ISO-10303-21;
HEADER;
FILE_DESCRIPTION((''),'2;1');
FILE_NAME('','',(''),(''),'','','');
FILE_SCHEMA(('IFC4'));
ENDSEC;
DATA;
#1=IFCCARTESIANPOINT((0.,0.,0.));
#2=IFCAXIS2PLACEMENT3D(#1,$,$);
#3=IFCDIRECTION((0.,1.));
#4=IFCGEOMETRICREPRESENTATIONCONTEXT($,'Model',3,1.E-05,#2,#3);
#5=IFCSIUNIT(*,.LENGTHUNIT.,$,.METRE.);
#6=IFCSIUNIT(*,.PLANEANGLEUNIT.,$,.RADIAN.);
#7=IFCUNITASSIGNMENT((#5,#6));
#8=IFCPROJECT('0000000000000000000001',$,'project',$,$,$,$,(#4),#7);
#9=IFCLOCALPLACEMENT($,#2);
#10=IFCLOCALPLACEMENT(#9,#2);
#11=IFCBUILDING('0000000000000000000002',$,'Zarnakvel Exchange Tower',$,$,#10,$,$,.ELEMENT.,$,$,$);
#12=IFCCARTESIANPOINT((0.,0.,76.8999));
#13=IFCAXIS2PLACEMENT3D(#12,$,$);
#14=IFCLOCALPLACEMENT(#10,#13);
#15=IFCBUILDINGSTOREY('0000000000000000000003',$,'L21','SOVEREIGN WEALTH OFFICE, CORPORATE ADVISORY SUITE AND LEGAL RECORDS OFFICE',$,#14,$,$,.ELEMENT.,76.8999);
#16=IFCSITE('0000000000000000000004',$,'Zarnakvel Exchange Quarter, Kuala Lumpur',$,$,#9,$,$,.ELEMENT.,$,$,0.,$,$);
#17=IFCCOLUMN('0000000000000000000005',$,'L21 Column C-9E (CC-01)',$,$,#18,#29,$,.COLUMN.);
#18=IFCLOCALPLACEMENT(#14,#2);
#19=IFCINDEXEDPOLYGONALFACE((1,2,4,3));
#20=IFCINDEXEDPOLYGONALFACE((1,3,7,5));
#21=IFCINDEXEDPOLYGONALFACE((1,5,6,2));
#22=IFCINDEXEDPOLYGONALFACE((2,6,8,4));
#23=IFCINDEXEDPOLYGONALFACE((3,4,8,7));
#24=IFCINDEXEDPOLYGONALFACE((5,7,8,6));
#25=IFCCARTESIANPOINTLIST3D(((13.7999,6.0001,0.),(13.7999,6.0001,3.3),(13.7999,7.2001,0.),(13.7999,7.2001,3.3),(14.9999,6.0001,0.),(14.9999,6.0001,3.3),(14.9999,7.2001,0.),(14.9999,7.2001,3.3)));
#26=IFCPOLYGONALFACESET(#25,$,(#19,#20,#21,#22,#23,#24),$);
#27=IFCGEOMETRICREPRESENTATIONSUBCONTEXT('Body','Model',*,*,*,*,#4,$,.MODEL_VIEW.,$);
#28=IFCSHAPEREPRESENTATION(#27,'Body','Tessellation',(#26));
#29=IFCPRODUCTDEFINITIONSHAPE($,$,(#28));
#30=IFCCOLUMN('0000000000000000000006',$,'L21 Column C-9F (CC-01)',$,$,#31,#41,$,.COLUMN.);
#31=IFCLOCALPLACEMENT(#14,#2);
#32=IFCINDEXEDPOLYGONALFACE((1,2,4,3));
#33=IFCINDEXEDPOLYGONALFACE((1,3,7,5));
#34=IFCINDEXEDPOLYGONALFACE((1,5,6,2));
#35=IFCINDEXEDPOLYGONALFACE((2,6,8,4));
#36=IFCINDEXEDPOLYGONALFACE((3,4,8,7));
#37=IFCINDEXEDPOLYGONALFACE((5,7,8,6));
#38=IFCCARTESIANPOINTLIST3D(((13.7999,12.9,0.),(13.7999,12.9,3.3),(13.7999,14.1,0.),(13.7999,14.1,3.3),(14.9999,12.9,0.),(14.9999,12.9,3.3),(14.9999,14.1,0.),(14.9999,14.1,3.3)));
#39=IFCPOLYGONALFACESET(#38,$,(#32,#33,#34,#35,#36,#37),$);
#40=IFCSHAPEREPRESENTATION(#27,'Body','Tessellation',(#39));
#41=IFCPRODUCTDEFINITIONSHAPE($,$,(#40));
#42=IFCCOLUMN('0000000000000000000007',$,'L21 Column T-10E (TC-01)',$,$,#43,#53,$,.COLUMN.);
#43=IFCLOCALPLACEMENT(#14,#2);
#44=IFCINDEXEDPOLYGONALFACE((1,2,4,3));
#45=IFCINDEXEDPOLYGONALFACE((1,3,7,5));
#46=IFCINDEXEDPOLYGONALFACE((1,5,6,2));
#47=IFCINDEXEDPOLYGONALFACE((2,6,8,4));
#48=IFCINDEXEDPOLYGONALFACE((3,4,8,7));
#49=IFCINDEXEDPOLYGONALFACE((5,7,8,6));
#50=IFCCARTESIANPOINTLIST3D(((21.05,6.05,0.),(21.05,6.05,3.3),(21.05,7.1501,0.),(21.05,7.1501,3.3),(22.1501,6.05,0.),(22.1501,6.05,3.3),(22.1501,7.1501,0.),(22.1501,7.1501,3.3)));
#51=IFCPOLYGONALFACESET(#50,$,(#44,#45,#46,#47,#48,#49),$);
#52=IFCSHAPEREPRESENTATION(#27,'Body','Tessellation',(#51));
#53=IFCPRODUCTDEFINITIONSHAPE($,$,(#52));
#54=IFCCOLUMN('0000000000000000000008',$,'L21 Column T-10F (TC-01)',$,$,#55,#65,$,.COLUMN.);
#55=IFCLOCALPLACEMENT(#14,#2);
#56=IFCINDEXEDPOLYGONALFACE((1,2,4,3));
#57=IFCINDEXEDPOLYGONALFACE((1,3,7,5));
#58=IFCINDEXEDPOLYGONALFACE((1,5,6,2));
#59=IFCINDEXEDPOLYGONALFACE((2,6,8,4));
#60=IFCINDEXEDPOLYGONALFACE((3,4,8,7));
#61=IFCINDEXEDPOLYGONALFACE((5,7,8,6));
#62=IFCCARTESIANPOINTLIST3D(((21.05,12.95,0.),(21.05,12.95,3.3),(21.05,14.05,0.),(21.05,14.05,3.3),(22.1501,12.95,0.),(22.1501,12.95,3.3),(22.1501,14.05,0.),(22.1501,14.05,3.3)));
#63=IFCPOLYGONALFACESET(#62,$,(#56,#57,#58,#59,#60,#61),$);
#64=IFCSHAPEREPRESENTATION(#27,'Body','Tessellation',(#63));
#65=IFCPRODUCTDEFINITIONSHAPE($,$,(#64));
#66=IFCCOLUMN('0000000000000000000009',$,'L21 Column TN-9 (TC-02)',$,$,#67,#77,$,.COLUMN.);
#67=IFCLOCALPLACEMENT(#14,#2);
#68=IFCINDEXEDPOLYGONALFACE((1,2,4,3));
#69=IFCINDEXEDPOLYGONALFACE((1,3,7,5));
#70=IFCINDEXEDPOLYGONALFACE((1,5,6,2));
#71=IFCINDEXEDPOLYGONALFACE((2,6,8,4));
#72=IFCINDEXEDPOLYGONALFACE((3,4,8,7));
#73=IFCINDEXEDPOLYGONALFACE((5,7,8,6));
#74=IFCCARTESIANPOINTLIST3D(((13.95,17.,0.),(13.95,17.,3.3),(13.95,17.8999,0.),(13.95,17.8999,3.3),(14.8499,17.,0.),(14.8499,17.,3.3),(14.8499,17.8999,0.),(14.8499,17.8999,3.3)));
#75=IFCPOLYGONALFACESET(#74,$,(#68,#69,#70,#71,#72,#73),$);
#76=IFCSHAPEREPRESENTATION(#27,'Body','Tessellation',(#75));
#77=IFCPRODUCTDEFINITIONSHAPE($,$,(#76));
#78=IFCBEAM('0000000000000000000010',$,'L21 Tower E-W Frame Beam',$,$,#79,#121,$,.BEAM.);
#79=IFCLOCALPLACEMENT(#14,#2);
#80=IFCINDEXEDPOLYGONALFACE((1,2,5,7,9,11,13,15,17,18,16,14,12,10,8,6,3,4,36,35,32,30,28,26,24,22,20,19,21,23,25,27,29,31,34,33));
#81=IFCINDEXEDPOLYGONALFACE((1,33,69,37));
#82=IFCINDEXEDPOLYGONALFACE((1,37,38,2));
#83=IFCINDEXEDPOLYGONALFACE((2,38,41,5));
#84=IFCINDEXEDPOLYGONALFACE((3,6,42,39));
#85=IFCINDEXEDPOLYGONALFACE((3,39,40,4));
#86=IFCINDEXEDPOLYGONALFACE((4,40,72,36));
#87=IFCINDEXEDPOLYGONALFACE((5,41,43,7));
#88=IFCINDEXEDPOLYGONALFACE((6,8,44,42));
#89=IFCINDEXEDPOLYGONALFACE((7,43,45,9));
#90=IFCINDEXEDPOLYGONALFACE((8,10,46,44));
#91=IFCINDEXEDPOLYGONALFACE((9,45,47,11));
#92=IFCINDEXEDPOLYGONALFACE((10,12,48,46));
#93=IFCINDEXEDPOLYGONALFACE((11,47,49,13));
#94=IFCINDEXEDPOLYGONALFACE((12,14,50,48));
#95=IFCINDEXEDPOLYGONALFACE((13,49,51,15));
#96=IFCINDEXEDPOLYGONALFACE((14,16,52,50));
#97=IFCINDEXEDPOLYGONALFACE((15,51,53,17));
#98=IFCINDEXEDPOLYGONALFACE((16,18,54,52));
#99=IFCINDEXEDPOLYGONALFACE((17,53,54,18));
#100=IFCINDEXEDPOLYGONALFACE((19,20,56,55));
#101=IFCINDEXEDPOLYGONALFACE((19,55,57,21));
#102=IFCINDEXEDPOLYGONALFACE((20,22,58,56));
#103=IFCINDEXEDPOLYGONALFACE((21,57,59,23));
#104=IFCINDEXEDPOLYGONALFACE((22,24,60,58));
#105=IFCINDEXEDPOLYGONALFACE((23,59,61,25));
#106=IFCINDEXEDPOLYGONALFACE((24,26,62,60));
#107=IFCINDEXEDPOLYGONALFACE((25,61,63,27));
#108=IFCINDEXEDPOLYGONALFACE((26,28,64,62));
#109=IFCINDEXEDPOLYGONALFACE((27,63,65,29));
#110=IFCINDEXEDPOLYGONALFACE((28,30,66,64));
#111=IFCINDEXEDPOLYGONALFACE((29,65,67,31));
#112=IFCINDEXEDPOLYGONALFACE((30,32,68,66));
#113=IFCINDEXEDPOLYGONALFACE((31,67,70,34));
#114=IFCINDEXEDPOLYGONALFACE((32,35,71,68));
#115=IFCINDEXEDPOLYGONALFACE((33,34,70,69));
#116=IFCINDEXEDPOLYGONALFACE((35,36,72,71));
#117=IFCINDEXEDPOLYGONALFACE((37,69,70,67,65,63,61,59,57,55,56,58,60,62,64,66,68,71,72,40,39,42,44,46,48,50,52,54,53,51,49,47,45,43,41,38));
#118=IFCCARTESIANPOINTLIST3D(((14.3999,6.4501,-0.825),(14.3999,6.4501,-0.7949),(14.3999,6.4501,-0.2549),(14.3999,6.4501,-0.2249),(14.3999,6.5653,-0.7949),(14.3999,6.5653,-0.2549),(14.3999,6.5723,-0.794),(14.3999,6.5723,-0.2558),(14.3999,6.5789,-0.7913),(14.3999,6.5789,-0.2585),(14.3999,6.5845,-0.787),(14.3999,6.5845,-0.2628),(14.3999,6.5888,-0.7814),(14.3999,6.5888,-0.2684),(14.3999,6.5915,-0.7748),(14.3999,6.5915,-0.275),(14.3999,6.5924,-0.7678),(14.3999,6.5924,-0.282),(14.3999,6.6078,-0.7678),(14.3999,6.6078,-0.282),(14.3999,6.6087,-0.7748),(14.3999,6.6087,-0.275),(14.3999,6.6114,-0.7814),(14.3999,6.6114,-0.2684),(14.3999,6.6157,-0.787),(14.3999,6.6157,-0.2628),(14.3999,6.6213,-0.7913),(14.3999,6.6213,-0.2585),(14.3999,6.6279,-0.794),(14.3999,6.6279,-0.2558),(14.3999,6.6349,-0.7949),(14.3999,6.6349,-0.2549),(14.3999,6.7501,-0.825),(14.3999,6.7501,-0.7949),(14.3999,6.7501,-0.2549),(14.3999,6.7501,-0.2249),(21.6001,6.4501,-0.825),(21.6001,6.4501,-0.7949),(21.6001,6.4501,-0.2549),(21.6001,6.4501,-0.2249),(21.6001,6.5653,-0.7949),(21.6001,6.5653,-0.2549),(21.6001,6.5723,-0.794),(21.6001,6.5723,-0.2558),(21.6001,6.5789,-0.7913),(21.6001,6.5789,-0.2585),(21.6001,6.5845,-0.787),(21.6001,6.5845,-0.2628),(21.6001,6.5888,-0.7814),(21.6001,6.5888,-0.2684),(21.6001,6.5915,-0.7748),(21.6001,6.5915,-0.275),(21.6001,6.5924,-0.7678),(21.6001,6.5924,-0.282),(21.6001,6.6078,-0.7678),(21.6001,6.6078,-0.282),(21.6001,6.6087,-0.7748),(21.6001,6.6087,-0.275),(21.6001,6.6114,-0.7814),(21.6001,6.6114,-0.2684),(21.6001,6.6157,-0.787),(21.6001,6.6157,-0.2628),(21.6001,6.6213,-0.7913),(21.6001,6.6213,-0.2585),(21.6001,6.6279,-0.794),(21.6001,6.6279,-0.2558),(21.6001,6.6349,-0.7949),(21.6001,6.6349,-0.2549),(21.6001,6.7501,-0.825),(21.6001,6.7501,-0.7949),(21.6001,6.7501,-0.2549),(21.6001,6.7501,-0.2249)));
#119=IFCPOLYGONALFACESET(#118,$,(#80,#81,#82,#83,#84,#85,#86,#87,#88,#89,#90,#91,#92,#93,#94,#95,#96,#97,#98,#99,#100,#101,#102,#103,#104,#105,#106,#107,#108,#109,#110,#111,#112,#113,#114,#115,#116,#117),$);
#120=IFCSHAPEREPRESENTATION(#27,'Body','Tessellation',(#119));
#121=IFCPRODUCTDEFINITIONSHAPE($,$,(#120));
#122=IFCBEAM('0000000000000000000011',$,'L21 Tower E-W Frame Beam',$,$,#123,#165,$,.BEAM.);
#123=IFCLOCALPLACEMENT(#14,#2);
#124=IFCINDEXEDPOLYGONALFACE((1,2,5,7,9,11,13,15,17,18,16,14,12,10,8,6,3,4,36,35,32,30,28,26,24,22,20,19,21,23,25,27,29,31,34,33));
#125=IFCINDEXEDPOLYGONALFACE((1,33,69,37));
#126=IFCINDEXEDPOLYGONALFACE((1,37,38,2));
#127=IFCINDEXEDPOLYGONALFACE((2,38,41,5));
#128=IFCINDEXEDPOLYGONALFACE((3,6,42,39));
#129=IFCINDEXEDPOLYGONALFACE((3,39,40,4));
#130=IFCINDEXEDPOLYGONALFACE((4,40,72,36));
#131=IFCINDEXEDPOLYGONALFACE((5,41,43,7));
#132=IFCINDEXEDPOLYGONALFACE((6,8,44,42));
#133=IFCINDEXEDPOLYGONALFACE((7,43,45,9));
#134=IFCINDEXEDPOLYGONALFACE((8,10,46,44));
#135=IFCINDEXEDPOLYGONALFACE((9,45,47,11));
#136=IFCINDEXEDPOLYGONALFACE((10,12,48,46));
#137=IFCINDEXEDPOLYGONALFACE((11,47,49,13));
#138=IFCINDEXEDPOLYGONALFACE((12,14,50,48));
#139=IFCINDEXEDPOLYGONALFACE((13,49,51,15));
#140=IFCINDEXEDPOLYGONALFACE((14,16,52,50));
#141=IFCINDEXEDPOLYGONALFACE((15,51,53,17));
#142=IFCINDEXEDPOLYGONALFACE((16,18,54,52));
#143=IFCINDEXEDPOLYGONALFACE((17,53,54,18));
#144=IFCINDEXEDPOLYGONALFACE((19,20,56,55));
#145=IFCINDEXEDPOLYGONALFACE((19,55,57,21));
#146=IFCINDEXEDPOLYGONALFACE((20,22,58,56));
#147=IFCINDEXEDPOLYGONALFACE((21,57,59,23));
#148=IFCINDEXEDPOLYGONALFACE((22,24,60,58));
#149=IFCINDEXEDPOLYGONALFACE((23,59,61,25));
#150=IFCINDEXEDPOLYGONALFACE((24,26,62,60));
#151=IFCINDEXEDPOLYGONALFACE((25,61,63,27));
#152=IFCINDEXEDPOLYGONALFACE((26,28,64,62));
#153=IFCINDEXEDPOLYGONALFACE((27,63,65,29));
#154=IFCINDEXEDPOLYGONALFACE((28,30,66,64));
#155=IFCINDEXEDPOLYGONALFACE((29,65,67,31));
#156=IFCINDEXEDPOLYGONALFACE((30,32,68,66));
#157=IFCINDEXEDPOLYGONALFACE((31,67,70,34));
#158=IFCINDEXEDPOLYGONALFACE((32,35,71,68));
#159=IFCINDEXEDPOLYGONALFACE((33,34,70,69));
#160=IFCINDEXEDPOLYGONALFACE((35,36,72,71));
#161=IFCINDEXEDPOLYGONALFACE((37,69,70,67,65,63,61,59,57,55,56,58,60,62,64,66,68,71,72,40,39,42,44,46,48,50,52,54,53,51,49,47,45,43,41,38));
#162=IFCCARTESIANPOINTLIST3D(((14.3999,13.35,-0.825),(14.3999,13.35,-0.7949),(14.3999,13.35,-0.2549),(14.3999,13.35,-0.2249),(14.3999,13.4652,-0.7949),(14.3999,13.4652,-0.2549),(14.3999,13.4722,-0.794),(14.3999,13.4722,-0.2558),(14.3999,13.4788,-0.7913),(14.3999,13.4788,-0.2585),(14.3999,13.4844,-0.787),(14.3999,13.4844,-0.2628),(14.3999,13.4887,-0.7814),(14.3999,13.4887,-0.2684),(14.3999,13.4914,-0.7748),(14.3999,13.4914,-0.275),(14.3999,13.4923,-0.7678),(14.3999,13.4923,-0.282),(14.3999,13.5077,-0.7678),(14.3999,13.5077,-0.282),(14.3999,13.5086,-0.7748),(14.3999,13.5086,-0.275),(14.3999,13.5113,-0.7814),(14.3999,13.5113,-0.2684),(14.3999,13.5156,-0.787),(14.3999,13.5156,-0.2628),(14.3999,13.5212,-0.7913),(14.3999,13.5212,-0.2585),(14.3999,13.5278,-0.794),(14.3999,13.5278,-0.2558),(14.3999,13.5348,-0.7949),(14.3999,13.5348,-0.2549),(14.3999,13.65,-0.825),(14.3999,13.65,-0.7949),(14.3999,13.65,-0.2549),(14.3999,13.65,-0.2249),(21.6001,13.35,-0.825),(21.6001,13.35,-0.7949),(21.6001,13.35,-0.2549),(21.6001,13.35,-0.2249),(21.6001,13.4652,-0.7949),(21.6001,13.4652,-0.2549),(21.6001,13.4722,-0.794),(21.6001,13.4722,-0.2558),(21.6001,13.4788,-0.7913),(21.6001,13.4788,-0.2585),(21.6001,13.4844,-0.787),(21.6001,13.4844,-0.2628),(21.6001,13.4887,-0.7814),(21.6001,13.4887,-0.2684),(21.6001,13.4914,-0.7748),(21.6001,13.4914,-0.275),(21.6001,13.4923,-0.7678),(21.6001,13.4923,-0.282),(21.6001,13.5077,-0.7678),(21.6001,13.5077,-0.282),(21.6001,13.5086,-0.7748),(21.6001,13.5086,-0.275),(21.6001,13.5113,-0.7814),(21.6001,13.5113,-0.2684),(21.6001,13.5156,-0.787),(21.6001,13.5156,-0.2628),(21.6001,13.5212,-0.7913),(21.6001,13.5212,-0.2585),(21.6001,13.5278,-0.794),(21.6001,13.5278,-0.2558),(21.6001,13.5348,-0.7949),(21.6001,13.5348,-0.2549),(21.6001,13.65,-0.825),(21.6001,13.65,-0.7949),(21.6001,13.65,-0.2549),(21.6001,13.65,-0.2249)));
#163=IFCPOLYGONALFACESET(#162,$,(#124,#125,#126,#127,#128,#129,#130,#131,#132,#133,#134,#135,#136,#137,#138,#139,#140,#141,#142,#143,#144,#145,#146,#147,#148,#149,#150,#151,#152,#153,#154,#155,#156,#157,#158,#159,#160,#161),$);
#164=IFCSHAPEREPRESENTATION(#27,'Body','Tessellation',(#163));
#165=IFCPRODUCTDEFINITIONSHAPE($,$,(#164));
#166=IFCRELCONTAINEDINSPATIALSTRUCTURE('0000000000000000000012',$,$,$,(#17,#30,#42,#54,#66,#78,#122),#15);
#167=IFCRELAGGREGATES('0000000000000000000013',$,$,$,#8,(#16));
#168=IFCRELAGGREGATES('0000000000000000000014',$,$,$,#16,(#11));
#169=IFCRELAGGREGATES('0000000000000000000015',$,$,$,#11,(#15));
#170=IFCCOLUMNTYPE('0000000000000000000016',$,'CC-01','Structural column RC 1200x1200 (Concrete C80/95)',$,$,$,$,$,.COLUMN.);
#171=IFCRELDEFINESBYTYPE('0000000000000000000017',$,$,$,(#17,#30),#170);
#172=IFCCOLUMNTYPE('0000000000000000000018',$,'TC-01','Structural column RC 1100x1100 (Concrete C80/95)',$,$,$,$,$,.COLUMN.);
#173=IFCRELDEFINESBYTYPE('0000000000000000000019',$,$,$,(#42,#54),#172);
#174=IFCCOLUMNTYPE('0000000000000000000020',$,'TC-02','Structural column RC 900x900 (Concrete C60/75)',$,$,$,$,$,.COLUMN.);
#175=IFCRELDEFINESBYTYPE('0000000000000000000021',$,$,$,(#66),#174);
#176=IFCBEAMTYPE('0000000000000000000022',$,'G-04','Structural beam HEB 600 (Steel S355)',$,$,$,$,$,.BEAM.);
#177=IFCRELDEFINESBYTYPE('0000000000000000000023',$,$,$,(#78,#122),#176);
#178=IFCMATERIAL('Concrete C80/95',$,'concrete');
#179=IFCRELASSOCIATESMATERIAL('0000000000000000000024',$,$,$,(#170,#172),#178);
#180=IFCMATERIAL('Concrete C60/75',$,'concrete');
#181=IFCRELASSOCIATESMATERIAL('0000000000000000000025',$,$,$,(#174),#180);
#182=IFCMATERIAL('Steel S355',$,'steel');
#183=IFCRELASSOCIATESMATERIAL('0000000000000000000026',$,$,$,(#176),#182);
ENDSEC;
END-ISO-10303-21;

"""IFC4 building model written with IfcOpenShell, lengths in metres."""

from ifc_helpers import new_model, si_unit, direction, frame, origin, origin_2d, place, context, subcontext, project, spatial, rectangle, i_section, extrude, material, material_profile, profile_set, type_object, element, save


model = new_model("IFC4")

# Units and contexts
model_context = context("Model", 3, precision=1e-05, world=origin(), true_north=direction((0.0, 1.0)))
body_context = subcontext(model_context, "Body", "Model", "MODEL_VIEW")
ifc_project = project(units=[si_unit("LENGTHUNIT", "METRE"), si_unit("PLANEANGLEUNIT", "RADIAN")], contexts=[model_context])

# Site, building, storey
site_placement = place(None, origin())
site = spatial("IfcSite", under=ifc_project, at=site_placement, Name="Zarnakvel Exchange Quarter, Kuala Lumpur", CompositionType="ELEMENT", RefElevation=0.0)
building_placement = place(site_placement, origin())
building = spatial("IfcBuilding", under=site, at=building_placement, Name="Zarnakvel Exchange Tower", CompositionType="ELEMENT")
storey_placement = place(building_placement, frame((0.0, 0.0, 76.8999)))
storey = spatial("IfcBuildingStorey", under=building, at=storey_placement, Name="L21", Description="SOVEREIGN WEALTH OFFICE, CORPORATE ADVISORY SUITE AND LEGAL RECORDS OFFICE", CompositionType="ELEMENT", Elevation=76.8999)

# Columns
ifc_material_1 = material(Name="Concrete C80/95", Category="concrete")
ifc_material_profile_1 = material_profile(ifc_material_1, rectangle(XDim=1.2, YDim=1.2, at=origin_2d()))
ifc_profile_set_1 = profile_set([ifc_material_profile_1], Name="Concrete C80/95")
column_type_1 = type_object("IfcColumnType", Name="CC-01", Description="Structural column RC 1200x1200 (Concrete C80/95)", PredefinedType="COLUMN", material=ifc_profile_set_1)
for number, where, z_axis, x_axis, name in (
    (1, (14.3999, 6.6001, 0.0), (0.0, 0.0, 1.0), (1.0, 0.0, 0.0), "L21 Column C-9E (CC-01)"),
    (2, (14.3999, 13.5, 0.0), (0.0, 0.0, 1.0), (1.0, 0.0, 0.0), "L21 Column C-9F (CC-01)"),
):
    element("IfcColumn", number, at=place(storey_placement, frame(where, z_axis=z_axis, x_axis=x_axis)), inside=storey, type_object=column_type_1, Name=name, PredefinedType="COLUMN", context=body_context, shape_type="SweptSolid", body=[
        extrude(rectangle(XDim=1.2, YDim=1.2, at=origin_2d()), origin(), (0.0, 0.0, 1.0), 3.3),
    ])
ifc_material_profile_2 = material_profile(ifc_material_1, rectangle(XDim=1.1001, YDim=1.1001, at=origin_2d()))
ifc_profile_set_2 = profile_set([ifc_material_profile_2], Name="Concrete C80/95")
column_type_2 = type_object("IfcColumnType", Name="TC-01", Description="Structural column RC 1100x1100 (Concrete C80/95)", PredefinedType="COLUMN", material=ifc_profile_set_2)
for number, where, z_axis, x_axis, name in (
    (3, (21.6001, 6.6001, 0.0), (0.0, 0.0, 1.0), (1.0, 0.0, 0.0), "L21 Column T-10E (TC-01)"),
    (4, (21.6001, 13.5, 0.0), (0.0, 0.0, 1.0), (1.0, 0.0, 0.0), "L21 Column T-10F (TC-01)"),
):
    element("IfcColumn", number, at=place(storey_placement, frame(where, z_axis=z_axis, x_axis=x_axis)), inside=storey, type_object=column_type_2, Name=name, PredefinedType="COLUMN", context=body_context, shape_type="SweptSolid", body=[
        extrude(rectangle(XDim=1.1001, YDim=1.1001, at=origin_2d()), origin(), (0.0, 0.0, 1.0), 3.3),
    ])
ifc_material_2 = material(Name="Concrete C60/75", Category="concrete")
ifc_material_profile_3 = material_profile(ifc_material_2, rectangle(XDim=0.8999, YDim=0.8999, at=origin_2d()))
ifc_profile_set_3 = profile_set([ifc_material_profile_3], Name="Concrete C60/75")
column_type_3 = type_object("IfcColumnType", Name="TC-02", Description="Structural column RC 900x900 (Concrete C60/75)", PredefinedType="COLUMN", material=ifc_profile_set_3)
column_placement = place(storey_placement, frame((14.3999, 17.45, 0.0), z_axis=(0.0, 0.0, 1.0), x_axis=(1.0, 0.0, 0.0)))
element("IfcColumn", 5, at=column_placement, inside=storey, type_object=column_type_3, Name="L21 Column TN-9 (TC-02)", PredefinedType="COLUMN", context=body_context, shape_type="SweptSolid", body=[
    extrude(rectangle(XDim=0.8999, YDim=0.8999, at=origin_2d()), origin(), (0.0, 0.0, 1.0), 3.3),
])

# Beams
ifc_material_3 = material(Name="Steel S355", Category="steel")
ifc_material_profile_4 = material_profile(ifc_material_3, i_section(OverallWidth=0.3, OverallDepth=0.6001, WebThickness=0.0154, FlangeThickness=0.03, FilletRadius=0.0271, at=origin_2d()))
ifc_profile_set_4 = profile_set([ifc_material_profile_4], Name="Steel S355")
beam_type_1 = type_object("IfcBeamType", Name="G-04", Description="Structural beam HEB 600 (Steel S355)", PredefinedType="BEAM", material=ifc_profile_set_4)
for number, where, z_axis, x_axis, name in (
    (6, (14.3999, 6.6001, -0.5249), (1.0, 0.0, 0.0), (0.0, 1.0, 0.0), "L21 Tower E-W Frame Beam"),
    (7, (14.3999, 13.5, -0.5249), (1.0, 0.0, 0.0), (0.0, 1.0, 0.0), "L21 Tower E-W Frame Beam"),
):
    element("IfcBeam", number, at=place(storey_placement, frame(where, z_axis=z_axis, x_axis=x_axis)), inside=storey, type_object=beam_type_1, Name=name, PredefinedType="BEAM", context=body_context, shape_type="SweptSolid", body=[
        extrude(i_section(OverallWidth=0.3, OverallDepth=0.6001, WebThickness=0.0154, FlangeThickness=0.03, FilletRadius=0.0271, at=origin_2d()), origin(), (0.0, 0.0, 1.0), 7.2002),
    ])

save(model, "model.ifc")
